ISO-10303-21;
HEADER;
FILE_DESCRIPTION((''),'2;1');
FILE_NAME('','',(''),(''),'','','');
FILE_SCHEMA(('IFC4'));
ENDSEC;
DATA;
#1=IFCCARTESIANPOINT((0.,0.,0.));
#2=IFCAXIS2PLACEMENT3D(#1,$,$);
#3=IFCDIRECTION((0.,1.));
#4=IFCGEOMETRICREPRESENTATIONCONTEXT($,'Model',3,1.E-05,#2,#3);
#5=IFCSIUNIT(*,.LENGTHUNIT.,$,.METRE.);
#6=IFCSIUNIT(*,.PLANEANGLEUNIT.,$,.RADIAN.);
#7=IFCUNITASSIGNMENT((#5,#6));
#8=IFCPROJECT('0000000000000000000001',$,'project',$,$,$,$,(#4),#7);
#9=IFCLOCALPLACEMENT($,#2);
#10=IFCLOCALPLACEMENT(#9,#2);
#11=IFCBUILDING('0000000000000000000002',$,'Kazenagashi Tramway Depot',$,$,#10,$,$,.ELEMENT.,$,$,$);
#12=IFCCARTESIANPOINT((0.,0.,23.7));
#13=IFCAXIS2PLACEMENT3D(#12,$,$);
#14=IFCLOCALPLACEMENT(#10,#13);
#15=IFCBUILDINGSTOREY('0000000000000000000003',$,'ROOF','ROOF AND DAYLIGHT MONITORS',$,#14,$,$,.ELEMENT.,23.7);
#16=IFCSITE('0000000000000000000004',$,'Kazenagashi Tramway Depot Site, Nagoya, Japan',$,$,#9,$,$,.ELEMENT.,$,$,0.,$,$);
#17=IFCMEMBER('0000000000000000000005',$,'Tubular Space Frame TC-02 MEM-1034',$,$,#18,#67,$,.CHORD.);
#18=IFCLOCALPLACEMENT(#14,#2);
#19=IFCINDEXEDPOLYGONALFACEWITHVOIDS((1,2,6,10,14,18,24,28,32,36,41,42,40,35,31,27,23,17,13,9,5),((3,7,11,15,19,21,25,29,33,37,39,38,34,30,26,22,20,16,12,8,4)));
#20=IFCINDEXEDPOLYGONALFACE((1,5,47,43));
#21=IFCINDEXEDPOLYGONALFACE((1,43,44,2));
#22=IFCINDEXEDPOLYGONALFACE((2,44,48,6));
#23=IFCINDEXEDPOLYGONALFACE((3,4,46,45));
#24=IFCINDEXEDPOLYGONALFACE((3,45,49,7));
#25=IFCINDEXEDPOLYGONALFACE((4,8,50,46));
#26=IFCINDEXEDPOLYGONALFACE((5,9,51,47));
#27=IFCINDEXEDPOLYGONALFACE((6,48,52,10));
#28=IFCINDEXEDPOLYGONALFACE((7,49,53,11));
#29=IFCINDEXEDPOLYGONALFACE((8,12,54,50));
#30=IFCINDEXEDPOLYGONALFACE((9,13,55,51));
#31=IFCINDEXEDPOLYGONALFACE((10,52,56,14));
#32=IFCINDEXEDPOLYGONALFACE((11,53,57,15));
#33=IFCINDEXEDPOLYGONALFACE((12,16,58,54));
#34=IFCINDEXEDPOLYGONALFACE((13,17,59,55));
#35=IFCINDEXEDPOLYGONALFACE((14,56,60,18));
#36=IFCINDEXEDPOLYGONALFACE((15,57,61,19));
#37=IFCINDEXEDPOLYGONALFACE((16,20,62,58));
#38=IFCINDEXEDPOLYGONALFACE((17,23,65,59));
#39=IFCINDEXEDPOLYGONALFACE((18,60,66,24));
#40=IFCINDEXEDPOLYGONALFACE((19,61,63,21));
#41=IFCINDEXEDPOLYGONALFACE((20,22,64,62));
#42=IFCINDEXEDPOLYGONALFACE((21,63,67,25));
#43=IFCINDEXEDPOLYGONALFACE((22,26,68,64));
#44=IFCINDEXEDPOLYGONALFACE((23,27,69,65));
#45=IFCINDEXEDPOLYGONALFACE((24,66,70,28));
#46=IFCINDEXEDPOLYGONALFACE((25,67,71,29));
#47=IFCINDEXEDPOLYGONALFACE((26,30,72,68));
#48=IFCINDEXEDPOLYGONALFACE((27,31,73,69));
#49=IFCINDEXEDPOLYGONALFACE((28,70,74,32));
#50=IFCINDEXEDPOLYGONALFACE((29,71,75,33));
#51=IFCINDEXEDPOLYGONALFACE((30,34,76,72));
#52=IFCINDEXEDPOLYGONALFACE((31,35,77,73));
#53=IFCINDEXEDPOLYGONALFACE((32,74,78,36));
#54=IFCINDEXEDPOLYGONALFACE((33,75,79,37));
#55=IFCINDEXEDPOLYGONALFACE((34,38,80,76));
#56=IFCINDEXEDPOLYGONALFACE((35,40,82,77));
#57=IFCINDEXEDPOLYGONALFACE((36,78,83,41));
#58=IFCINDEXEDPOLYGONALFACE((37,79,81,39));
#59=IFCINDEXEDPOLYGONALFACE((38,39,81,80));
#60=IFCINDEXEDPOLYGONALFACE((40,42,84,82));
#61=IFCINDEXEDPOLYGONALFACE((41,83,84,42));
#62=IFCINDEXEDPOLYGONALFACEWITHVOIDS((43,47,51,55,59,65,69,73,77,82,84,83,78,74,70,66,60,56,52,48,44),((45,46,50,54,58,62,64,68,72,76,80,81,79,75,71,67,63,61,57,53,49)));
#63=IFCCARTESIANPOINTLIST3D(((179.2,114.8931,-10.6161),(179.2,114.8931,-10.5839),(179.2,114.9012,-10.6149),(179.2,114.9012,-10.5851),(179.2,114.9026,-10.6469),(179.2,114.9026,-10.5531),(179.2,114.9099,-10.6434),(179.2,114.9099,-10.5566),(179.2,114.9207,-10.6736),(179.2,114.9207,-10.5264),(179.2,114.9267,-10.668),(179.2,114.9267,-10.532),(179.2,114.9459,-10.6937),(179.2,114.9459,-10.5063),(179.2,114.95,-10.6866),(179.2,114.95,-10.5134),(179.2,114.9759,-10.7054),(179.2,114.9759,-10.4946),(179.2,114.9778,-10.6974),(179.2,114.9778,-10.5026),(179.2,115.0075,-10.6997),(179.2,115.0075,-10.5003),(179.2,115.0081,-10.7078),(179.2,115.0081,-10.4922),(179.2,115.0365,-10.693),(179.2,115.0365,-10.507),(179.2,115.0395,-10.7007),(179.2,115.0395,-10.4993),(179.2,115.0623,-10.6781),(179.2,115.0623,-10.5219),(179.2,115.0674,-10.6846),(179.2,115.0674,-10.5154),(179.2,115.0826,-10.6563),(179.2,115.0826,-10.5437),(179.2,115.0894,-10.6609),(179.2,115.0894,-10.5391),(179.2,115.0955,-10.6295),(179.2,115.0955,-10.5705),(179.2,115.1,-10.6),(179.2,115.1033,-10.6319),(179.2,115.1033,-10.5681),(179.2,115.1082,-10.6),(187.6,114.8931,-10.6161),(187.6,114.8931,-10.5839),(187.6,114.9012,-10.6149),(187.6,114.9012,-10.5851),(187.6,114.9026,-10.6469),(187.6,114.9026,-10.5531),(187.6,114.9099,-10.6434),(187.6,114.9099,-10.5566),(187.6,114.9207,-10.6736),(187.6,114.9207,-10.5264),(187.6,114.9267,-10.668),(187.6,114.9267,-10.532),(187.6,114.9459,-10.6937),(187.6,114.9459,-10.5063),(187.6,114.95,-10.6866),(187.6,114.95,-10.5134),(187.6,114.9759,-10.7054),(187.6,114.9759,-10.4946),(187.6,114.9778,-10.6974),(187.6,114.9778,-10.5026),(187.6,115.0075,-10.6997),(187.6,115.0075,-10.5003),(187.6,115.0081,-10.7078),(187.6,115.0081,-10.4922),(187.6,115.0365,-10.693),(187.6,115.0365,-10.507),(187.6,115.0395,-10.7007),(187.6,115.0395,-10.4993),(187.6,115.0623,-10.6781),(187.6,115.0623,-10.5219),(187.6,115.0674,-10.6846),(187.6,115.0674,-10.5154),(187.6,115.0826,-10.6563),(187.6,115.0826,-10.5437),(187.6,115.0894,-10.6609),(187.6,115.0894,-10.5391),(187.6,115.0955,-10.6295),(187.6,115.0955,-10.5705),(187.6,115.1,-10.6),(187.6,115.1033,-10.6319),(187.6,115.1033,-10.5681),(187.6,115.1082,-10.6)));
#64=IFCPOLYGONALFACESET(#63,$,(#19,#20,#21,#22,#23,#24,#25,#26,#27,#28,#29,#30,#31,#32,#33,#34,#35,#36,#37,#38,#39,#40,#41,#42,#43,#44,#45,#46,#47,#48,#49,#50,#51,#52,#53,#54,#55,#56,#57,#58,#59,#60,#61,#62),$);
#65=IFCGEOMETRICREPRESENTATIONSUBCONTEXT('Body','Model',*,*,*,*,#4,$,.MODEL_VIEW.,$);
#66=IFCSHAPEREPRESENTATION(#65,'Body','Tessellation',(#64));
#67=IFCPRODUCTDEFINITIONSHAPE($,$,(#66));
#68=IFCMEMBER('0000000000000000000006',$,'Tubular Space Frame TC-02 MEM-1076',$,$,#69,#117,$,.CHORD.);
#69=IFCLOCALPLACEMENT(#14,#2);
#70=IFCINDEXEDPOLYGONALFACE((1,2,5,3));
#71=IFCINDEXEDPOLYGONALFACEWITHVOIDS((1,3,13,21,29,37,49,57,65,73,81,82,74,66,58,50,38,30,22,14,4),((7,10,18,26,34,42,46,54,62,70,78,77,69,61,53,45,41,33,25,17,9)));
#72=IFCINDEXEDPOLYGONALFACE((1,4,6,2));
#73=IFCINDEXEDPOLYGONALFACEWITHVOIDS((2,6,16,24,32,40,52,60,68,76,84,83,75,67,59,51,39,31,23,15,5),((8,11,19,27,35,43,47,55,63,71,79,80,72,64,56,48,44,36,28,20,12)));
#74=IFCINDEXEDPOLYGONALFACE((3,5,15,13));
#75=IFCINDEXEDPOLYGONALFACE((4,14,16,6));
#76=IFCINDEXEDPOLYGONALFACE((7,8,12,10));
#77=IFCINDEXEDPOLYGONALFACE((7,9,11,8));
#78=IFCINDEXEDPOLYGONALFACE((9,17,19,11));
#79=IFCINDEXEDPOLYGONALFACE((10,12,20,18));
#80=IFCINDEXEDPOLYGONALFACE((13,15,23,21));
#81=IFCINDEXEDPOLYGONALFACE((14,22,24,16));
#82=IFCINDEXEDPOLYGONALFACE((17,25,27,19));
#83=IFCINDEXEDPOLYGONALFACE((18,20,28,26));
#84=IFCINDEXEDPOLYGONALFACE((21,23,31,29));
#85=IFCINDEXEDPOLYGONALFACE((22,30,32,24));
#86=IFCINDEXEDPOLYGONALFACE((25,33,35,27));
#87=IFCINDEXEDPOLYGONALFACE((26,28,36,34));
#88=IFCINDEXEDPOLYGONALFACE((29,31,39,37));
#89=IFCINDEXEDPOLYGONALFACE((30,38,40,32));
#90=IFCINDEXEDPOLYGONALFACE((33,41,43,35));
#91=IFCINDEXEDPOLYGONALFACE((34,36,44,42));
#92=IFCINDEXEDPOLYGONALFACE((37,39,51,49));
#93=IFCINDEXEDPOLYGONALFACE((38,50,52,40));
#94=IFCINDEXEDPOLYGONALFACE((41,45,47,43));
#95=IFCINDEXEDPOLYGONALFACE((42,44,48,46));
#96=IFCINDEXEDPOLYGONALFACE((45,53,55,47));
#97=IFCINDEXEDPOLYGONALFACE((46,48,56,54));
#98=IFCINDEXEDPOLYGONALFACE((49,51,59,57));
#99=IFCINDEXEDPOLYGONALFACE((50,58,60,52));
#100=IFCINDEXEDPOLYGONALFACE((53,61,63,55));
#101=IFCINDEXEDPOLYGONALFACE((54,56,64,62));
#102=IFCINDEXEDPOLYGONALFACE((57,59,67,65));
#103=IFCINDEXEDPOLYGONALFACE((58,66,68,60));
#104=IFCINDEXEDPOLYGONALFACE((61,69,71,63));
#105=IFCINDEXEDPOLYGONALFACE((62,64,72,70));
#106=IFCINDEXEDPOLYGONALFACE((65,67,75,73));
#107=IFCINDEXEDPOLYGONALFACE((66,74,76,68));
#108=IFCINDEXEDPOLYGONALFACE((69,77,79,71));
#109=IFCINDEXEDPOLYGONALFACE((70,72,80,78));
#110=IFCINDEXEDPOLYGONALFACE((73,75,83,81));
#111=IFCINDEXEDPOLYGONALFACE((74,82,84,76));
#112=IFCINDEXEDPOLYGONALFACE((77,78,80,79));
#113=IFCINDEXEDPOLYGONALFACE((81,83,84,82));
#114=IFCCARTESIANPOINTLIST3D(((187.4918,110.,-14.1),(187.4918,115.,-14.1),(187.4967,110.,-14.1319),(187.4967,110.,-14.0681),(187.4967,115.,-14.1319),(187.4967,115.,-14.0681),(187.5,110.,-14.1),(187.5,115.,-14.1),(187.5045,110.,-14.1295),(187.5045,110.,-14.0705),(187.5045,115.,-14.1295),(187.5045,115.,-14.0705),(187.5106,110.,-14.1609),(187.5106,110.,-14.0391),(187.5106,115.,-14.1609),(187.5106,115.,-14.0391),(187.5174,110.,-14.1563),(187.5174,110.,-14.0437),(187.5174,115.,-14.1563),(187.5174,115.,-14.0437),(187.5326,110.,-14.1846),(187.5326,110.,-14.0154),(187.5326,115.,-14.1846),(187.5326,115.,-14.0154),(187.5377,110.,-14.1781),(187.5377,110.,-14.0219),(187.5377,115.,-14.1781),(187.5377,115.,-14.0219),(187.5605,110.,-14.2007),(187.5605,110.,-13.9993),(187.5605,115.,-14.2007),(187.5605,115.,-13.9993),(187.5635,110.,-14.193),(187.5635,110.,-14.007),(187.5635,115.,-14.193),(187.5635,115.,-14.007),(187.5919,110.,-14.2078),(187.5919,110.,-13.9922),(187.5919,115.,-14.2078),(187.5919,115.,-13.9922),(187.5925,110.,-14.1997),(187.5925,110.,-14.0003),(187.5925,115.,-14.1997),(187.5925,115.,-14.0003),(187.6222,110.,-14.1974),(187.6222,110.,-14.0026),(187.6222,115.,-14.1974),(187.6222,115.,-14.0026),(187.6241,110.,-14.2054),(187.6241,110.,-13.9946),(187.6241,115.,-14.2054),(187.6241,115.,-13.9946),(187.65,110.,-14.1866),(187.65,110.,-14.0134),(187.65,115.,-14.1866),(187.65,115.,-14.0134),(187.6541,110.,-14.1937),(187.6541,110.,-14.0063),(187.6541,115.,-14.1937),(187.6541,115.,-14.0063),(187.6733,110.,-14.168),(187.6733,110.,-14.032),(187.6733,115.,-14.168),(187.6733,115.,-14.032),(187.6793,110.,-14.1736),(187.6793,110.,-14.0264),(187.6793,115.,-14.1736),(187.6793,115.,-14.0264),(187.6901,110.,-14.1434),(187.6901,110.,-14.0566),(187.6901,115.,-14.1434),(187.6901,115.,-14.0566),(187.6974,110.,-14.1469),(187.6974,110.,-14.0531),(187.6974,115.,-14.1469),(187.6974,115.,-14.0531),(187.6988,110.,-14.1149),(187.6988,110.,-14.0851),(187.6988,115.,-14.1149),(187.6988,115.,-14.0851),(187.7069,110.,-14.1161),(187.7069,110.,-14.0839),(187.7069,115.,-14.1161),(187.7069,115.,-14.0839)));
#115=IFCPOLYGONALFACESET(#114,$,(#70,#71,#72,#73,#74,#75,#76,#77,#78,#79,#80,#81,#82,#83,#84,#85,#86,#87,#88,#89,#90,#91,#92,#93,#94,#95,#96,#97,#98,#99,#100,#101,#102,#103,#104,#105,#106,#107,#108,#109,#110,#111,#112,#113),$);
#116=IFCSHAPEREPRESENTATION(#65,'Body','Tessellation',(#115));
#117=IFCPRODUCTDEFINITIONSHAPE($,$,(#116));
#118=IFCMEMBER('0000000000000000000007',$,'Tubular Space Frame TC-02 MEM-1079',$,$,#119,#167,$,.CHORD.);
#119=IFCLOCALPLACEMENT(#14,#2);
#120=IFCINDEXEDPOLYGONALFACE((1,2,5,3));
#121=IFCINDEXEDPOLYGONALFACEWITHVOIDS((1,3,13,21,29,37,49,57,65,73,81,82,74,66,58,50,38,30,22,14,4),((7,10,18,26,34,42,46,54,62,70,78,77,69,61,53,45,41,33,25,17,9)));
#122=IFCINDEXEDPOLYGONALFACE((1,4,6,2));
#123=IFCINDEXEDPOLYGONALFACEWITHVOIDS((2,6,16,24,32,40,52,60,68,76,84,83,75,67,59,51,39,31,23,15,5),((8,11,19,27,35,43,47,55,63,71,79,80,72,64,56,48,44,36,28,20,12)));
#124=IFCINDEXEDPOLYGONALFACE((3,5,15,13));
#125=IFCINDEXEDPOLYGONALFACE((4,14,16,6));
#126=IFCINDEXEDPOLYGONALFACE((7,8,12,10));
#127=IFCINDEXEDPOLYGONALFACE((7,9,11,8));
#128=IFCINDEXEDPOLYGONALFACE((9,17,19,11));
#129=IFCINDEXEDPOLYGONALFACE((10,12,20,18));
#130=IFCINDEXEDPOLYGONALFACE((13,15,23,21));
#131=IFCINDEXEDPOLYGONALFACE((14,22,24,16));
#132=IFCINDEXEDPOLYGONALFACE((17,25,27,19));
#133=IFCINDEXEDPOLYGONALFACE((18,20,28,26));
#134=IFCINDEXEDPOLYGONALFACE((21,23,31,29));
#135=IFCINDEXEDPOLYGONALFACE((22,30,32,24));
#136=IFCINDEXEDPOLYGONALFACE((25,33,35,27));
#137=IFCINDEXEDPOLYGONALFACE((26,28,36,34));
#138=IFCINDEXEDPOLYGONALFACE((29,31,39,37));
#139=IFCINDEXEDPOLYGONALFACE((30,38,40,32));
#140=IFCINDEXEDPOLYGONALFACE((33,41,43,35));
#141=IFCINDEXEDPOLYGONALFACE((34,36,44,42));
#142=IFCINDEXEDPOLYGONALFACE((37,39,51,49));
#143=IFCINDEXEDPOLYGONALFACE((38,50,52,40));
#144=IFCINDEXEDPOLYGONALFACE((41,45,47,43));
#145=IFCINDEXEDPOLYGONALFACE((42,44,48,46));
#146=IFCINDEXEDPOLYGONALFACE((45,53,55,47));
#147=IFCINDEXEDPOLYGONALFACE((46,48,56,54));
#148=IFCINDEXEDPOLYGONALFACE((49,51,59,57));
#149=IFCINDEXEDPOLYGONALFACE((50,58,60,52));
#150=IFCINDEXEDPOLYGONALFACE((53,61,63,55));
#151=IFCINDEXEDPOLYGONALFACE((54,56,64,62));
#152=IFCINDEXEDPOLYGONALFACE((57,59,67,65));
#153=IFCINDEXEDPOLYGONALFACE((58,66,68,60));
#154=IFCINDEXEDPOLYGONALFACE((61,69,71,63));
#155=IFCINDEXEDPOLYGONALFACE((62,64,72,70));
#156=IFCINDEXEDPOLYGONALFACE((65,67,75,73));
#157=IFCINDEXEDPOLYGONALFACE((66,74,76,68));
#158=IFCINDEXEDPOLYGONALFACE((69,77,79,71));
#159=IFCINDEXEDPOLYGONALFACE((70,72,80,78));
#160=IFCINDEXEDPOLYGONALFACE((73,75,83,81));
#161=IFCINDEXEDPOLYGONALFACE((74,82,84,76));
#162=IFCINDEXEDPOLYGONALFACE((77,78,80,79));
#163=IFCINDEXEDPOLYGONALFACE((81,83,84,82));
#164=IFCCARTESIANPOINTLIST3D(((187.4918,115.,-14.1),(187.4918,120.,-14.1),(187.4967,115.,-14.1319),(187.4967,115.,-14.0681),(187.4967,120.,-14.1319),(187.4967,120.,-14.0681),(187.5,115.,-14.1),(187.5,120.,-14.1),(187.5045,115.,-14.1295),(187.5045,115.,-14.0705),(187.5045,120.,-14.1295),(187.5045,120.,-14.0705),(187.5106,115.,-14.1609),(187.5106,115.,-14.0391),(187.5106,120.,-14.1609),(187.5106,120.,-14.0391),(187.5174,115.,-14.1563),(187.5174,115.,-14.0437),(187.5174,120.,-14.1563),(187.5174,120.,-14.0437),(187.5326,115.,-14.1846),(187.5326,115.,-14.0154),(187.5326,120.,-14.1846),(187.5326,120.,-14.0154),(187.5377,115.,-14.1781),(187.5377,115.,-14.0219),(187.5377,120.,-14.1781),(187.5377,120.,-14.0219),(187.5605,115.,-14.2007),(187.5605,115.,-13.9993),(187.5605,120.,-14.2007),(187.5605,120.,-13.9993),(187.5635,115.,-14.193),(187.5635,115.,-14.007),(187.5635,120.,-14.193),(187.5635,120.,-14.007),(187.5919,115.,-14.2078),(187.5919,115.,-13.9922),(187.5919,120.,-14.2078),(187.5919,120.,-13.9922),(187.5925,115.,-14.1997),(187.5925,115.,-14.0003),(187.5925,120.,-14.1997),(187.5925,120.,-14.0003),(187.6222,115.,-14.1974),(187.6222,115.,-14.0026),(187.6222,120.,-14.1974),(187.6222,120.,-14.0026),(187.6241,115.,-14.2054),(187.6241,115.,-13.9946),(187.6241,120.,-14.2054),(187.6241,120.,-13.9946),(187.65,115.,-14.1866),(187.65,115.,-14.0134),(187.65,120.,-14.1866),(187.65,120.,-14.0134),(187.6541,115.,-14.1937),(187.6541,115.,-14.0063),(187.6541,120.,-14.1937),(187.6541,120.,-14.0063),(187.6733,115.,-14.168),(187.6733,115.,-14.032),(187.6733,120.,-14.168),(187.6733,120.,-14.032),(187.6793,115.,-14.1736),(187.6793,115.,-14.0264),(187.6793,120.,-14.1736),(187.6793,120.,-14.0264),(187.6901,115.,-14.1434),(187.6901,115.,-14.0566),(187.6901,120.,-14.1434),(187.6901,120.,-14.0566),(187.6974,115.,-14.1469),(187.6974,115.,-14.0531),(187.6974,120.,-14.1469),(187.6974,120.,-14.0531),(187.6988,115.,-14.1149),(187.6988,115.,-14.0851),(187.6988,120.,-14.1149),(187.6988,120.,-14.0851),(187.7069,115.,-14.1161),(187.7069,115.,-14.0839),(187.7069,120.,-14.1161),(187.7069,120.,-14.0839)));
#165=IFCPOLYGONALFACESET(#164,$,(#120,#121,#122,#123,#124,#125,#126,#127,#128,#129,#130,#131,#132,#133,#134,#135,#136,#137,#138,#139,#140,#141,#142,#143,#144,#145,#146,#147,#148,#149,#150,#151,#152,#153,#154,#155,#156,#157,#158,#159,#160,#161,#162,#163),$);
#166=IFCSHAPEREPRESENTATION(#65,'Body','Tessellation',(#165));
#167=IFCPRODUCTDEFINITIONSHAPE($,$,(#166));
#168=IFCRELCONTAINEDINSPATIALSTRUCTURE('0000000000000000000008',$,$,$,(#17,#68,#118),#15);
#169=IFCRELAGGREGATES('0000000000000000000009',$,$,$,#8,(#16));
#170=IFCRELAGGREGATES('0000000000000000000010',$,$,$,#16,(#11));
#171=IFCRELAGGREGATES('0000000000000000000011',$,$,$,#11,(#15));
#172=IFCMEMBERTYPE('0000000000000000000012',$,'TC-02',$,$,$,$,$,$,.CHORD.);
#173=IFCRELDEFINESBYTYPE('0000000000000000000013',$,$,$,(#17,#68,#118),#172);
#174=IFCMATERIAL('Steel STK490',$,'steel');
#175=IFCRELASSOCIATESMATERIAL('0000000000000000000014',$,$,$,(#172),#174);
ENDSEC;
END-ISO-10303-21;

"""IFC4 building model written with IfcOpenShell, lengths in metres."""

from ifc_helpers import new_model, si_unit, direction, frame, origin, origin_2d, place, context, subcontext, project, spatial, hollow_circle, extrude, material, material_profile, profile_set, type_object, element, save


model = new_model("IFC4")

# Units and contexts
model_context = context("Model", 3, precision=1e-05, world=origin(), true_north=direction((0.0, 1.0)))
body_context = subcontext(model_context, "Body", "Model", "MODEL_VIEW")
ifc_project = project(units=[si_unit("LENGTHUNIT", "METRE"), si_unit("PLANEANGLEUNIT", "RADIAN")], contexts=[model_context])

# Site, building, storey
site_placement = place(None, origin())
site = spatial("IfcSite", under=ifc_project, at=site_placement, Name="Kazenagashi Tramway Depot Site, Nagoya, Japan", CompositionType="ELEMENT", RefElevation=0.0)
building_placement = place(site_placement, origin())
building = spatial("IfcBuilding", under=site, at=building_placement, Name="Kazenagashi Tramway Depot", CompositionType="ELEMENT")
storey_placement = place(building_placement, frame((0.0, 0.0, 23.7)))
storey = spatial("IfcBuildingStorey", under=building, at=storey_placement, Name="ROOF", Description="ROOF AND DAYLIGHT MONITORS", CompositionType="ELEMENT", Elevation=23.7)

# Members
ifc_material_1 = material(Name="Steel STK490", Category="steel")
ifc_material_profile_1 = material_profile(ifc_material_1, hollow_circle(Radius=0.1081, WallThickness=0.0082, at=origin_2d()), Name="CHS-216.3x8.2")
ifc_profile_set_1 = profile_set([ifc_material_profile_1], Name="Steel STK490")
member_type_1 = type_object("IfcMemberType", Name="TC-02", PredefinedType="CHORD", material=ifc_profile_set_1)
member_1_placement = place(storey_placement, frame((179.2, 115.0, -10.6), z_axis=(1.0, 0.0, 0.0), x_axis=(0.0, 1.0, 0.0)))
element("IfcMember", 1, at=member_1_placement, inside=storey, type_object=member_type_1, Name="Tubular Space Frame TC-02 MEM-1034", PredefinedType="CHORD", context=body_context, shape_type="SweptSolid", body=[
    extrude(hollow_circle(Radius=0.1081, WallThickness=0.0082, at=origin_2d()), origin(), (0.0, 0.0, 1.0), 8.4),
])
for number, where, z_axis, x_axis, name in (
    (2, (187.6, 110.0, -14.1), (0.0, 1.0, 0.0), (-1.0, 0.0, 0.0), "Tubular Space Frame TC-02 MEM-1076"),
    (3, (187.6, 115.0, -14.1), (0.0, 1.0, 0.0), (-1.0, 0.0, 0.0), "Tubular Space Frame TC-02 MEM-1079"),
):
    element("IfcMember", number, at=place(storey_placement, frame(where, z_axis=z_axis, x_axis=x_axis)), inside=storey, type_object=member_type_1, Name=name, PredefinedType="CHORD", context=body_context, shape_type="SweptSolid", body=[
        extrude(hollow_circle(Radius=0.1081, WallThickness=0.0082, at=origin_2d()), origin(), (0.0, 0.0, 1.0), 5.0),
    ])

save(model, "model.ifc")
